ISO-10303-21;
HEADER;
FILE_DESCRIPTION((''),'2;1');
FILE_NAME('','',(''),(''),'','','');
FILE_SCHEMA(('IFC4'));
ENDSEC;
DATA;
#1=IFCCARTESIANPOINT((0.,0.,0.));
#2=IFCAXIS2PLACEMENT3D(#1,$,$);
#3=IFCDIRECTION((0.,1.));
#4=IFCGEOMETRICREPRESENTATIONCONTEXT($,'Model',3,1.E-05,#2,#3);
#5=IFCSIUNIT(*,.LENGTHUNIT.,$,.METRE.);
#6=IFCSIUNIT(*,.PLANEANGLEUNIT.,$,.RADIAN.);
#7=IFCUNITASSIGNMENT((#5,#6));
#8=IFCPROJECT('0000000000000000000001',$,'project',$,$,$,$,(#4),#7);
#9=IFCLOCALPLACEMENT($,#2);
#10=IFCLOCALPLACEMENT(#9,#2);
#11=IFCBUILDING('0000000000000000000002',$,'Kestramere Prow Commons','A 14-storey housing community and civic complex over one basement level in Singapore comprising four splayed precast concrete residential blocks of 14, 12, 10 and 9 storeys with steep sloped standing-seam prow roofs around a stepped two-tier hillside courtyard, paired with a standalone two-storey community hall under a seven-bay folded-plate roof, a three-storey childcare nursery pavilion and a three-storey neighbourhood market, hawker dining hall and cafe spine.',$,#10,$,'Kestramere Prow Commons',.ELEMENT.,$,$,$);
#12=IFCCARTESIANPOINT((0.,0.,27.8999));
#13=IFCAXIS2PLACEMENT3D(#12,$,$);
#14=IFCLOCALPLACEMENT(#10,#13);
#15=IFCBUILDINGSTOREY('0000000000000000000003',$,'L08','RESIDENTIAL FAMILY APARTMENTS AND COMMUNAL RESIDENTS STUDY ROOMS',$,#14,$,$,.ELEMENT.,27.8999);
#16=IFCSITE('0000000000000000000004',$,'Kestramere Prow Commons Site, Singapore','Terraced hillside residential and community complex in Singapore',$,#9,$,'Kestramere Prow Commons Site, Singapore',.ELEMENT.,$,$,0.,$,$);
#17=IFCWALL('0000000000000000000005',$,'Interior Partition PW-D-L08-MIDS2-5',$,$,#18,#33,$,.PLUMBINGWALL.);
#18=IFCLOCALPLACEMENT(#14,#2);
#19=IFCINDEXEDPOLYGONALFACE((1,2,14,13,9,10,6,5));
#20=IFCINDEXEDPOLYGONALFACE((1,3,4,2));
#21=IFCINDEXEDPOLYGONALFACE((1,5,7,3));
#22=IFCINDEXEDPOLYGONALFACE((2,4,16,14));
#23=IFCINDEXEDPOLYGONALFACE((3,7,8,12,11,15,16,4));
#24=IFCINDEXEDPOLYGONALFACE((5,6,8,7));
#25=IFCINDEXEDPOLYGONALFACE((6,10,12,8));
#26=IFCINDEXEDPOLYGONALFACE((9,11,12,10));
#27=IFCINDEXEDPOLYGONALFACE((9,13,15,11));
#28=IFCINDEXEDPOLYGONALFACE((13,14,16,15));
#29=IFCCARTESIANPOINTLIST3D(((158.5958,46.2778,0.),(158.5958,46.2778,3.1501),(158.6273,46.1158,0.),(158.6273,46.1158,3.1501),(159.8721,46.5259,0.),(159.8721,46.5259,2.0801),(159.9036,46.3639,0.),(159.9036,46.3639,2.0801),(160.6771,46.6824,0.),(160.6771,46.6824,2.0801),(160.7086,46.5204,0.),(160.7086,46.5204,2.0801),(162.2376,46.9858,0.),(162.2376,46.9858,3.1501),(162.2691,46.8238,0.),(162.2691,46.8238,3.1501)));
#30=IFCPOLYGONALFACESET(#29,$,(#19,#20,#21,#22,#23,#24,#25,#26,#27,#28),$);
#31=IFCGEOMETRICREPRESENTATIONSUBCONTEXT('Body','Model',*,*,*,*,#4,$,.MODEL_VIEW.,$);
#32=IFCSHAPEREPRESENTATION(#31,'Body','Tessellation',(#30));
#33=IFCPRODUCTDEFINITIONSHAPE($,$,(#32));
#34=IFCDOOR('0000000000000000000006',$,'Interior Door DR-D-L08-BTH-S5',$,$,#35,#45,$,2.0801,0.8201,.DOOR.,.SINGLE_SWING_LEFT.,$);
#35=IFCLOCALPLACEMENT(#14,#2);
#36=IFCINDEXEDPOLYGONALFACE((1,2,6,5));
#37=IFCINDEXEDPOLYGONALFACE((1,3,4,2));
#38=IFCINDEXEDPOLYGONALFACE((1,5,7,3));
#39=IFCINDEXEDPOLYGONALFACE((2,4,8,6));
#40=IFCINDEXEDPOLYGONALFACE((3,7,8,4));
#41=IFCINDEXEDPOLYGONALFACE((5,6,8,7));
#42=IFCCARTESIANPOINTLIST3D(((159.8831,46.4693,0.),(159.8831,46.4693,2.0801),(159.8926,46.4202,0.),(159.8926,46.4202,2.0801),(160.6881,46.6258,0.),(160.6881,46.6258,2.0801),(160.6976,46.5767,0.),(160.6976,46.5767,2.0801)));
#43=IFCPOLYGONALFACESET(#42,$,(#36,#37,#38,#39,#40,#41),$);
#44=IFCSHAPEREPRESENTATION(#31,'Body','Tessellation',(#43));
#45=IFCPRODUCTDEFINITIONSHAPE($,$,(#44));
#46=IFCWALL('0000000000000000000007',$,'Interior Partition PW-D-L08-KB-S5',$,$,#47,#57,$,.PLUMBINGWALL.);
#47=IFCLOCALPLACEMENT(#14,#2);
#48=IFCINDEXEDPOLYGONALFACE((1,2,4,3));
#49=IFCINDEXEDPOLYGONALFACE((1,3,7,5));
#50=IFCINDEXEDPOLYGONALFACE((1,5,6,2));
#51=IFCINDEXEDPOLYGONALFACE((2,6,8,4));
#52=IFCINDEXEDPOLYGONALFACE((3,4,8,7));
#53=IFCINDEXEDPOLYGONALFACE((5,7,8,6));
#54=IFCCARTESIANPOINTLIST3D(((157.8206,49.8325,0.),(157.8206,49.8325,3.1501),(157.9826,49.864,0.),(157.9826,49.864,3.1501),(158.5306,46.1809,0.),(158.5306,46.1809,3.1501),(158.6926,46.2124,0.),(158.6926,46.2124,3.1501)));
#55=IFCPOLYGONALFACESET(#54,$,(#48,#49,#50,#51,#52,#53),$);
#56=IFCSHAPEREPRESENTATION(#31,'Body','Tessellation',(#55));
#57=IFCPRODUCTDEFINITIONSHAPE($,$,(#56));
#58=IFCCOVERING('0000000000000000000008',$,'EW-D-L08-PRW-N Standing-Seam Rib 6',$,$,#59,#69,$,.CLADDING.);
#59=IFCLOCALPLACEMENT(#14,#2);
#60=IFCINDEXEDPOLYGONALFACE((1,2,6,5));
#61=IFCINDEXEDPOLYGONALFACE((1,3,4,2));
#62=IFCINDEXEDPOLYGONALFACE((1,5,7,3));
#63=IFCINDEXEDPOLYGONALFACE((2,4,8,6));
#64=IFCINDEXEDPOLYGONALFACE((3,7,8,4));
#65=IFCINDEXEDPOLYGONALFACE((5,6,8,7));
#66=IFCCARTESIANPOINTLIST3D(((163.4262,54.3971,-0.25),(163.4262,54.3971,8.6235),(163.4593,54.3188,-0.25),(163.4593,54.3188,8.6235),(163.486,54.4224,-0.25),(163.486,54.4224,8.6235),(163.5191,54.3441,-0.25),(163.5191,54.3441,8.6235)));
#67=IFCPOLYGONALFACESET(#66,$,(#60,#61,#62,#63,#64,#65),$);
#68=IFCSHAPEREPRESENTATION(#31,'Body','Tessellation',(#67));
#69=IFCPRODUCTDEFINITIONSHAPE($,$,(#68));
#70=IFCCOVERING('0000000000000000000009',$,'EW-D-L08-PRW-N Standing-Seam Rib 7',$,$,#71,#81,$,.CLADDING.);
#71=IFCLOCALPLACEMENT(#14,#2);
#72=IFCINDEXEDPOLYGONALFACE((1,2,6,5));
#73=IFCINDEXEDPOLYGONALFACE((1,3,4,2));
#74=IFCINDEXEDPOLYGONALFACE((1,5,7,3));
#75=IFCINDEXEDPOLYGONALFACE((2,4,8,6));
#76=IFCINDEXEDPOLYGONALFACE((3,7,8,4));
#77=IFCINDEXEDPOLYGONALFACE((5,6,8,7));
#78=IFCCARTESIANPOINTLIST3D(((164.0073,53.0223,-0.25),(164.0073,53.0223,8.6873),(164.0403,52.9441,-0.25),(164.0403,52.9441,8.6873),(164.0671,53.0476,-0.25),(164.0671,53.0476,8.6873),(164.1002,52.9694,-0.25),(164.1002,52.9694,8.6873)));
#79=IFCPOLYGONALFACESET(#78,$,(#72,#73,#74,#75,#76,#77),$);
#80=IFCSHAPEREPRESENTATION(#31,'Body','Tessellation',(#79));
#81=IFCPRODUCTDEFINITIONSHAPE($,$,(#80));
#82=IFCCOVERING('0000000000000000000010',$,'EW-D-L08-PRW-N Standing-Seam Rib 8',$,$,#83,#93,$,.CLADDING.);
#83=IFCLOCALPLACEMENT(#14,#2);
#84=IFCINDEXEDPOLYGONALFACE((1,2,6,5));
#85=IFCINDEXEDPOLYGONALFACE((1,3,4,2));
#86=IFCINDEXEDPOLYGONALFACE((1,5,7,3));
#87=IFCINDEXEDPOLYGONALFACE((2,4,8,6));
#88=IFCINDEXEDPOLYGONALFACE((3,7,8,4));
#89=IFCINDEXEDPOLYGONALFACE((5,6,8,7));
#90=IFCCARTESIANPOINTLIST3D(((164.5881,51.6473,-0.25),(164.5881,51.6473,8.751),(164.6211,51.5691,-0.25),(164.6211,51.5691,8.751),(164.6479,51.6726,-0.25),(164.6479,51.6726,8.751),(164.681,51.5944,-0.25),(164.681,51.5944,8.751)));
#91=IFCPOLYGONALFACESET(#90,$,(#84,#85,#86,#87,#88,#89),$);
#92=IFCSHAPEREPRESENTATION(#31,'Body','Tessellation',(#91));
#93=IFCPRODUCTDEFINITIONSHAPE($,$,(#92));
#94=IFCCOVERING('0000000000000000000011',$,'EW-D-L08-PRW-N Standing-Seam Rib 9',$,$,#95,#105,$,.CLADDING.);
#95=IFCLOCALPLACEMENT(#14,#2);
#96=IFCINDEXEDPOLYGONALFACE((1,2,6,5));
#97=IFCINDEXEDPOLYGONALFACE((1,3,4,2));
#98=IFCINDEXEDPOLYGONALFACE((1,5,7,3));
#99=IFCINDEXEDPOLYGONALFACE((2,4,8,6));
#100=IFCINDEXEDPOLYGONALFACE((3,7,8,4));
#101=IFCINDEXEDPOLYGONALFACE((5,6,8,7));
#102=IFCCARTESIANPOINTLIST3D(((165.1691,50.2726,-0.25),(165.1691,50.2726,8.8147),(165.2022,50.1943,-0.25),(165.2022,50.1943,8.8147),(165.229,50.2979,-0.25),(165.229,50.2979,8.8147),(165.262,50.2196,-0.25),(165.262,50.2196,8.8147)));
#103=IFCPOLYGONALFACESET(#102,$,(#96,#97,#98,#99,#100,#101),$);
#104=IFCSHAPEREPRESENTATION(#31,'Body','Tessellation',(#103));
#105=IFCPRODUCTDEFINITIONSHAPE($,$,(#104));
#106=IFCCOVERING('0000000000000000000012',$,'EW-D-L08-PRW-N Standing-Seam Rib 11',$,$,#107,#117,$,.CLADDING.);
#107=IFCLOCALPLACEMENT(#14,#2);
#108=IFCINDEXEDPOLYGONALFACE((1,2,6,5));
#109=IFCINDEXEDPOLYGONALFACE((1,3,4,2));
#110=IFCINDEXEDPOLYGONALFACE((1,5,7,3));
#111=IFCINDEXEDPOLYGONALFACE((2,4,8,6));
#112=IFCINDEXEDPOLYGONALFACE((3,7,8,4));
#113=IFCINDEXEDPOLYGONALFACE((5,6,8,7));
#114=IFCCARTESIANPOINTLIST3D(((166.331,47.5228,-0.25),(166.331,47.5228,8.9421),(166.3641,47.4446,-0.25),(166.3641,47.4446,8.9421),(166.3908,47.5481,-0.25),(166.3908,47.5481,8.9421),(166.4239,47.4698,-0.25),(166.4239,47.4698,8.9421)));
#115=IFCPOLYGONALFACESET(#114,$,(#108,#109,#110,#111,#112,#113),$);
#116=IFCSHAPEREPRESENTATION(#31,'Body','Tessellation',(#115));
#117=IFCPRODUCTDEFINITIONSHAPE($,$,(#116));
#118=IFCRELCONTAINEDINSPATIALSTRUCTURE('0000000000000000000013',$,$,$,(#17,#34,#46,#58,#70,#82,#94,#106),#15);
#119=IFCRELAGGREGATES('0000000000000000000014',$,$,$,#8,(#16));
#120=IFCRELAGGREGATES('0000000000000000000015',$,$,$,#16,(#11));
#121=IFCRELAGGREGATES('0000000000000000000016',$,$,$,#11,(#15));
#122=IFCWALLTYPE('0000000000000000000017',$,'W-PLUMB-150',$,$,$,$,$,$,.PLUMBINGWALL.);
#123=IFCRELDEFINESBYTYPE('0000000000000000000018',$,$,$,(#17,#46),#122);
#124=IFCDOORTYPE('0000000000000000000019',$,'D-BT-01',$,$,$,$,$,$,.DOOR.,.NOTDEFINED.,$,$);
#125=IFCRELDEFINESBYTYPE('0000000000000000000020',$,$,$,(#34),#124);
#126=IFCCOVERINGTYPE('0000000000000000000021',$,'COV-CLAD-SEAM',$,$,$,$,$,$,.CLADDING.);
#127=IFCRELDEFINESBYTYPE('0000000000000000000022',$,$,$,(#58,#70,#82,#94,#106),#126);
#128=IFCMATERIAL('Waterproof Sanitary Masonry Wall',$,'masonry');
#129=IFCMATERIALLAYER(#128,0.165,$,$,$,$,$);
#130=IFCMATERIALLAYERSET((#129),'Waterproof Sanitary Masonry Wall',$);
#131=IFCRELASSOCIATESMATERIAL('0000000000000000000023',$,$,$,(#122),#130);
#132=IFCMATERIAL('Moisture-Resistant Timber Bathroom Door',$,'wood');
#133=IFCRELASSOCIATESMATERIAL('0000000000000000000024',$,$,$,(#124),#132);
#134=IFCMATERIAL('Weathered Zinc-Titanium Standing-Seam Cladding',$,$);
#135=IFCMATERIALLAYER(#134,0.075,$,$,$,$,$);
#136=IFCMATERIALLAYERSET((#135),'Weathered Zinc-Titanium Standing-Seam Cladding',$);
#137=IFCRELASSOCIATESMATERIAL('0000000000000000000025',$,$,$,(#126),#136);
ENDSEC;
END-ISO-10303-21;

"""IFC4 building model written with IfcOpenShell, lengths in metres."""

from ifc_helpers import new_model, si_unit, direction, frame, frame_2d, origin, origin_2d, place, context, subcontext, project, spatial, rectangle, extrude, material, layer, layer_set, type_object, element, fill, save


model = new_model("IFC4")

# Units and contexts
model_context = context("Model", 3, precision=1e-05, world=origin(), true_north=direction((0.0, 1.0)))
body_context = subcontext(model_context, "Body", "Model", "MODEL_VIEW")
ifc_project = project(units=[si_unit("LENGTHUNIT", "METRE"), si_unit("PLANEANGLEUNIT", "RADIAN")], contexts=[model_context])

# Site, building, storey
site_placement = place(None, origin())
site = spatial("IfcSite", under=ifc_project, at=site_placement, Name="Kestramere Prow Commons Site, Singapore", Description="Terraced hillside residential and community complex in Singapore", LongName="Kestramere Prow Commons Site, Singapore", CompositionType="ELEMENT", RefElevation=0.0)
building_placement = place(site_placement, origin())
building = spatial("IfcBuilding", under=site, at=building_placement, Name="Kestramere Prow Commons", Description="A 14-storey housing community and civic complex over one basement level in Singapore comprising four splayed precast concrete residential blocks of 14, 12, 10 and 9 storeys with steep sloped standing-seam prow roofs around a stepped two-tier hillside courtyard, paired with a standalone two-storey community hall under a seven-bay folded-plate roof, a three-storey childcare nursery pavilion and a three-storey neighbourhood market, hawker dining hall and cafe spine.", LongName="Kestramere Prow Commons", CompositionType="ELEMENT")
storey_placement = place(building_placement, frame((0.0, 0.0, 27.8999)))
storey = spatial("IfcBuildingStorey", under=building, at=storey_placement, Name="L08", Description="RESIDENTIAL FAMILY APARTMENTS AND COMMUNAL RESIDENTS STUDY ROOMS", CompositionType="ELEMENT", Elevation=27.8999)

# Shared definitions
ifc_material_1 = material(Name="Weathered Zinc-Titanium Standing-Seam Cladding")

# Wall, opening, door
ifc_material_2 = material(Name="Waterproof Sanitary Masonry Wall", Category="masonry")
ifc_layer_1 = layer(ifc_material_2, 0.165)
ifc_layer_set_1 = layer_set([ifc_layer_1], Name="Waterproof Sanitary Masonry Wall")
wall_type_1 = type_object("IfcWallType", Name="W-PLUMB-150", PredefinedType="PLUMBINGWALL", material=ifc_layer_set_1)
wall_1_placement = place(storey_placement, frame((158.6116, 46.1968, 0.0), z_axis=(0.0, 0.0, 1.0), x_axis=(0.981622, 0.190836, 0.0)))
wall_1 = element("IfcWall", 1, at=wall_1_placement, inside=storey, type_object=wall_type_1, Name="Interior Partition PW-D-L08-MIDS2-5", PredefinedType="PLUMBINGWALL", context=body_context, shape_type="SweptSolid", body=[
    extrude(rectangle(XDim=3.71, YDim=0.165, at=frame_2d((1.855, 0.0))), origin(), (0.0, 0.0, 1.0), 3.1501),
])
opening_1_placement = place(wall_1_placement, frame((1.3, 0.0, 0.0)))
opening_1 = element("IfcOpeningElement", 2, at=opening_1_placement, cuts=wall_1, PredefinedType="OPENING", context=body_context, shape_type="SweptSolid", body=[
    extrude(rectangle(XDim=0.8201, YDim=2.0801, at=frame_2d((0.4102, 1.04))), frame((0.0, 0.0974, 0.0), z_axis=(0.0, -1.0, 0.0), x_axis=(1.0, 0.0, 0.0)), (0.0, 0.0, 1.0), 0.1951),
])
ifc_material_3 = material(Name="Moisture-Resistant Timber Bathroom Door", Category="wood")
door_type_1 = type_object("IfcDoorType", Name="D-BT-01", OperationType="NOTDEFINED", PredefinedType="DOOR", material=ifc_material_3)
door_1_placement = place(opening_1_placement, origin())
door_1 = element("IfcDoor", 3, at=door_1_placement, inside=storey, type_object=door_type_1, Name="Interior Door DR-D-L08-BTH-S5", OperationType="SINGLE_SWING_LEFT", OverallHeight=2.0801, OverallWidth=0.8201, PredefinedType="DOOR", context=body_context, shape_type="SweptSolid", body=[
    extrude(rectangle(XDim=0.8201, YDim=2.0801, at=frame_2d((0.4102, 1.04))), frame((0.0, 0.0249, 0.0), z_axis=(0.0, -1.0, 0.0), x_axis=(1.0, 0.0, 0.0)), (0.0, 0.0, 1.0), 0.05),
])
fill(opening_1, door_1)

# Wall
wall_2_placement = place(storey_placement, frame((158.6116, 46.1968, 0.0), z_axis=(0.0, 0.0, 1.0), x_axis=(-0.19085, 0.981619, 0.0)))
element("IfcWall", 4, at=wall_2_placement, inside=storey, type_object=wall_type_1, Name="Interior Partition PW-D-L08-KB-S5", PredefinedType="PLUMBINGWALL", context=body_context, shape_type="SweptSolid", body=[
    extrude(rectangle(XDim=3.72, YDim=0.165, at=frame_2d((1.8599, 0.0))), origin(), (0.0, 0.0, 1.0), 3.1501),
])

# Coverings
ifc_layer_2 = layer(ifc_material_1, 0.075)
ifc_layer_set_2 = layer_set([ifc_layer_2], Name="Weathered Zinc-Titanium Standing-Seam Cladding")
covering_type = type_object("IfcCoveringType", Name="COV-CLAD-SEAM", PredefinedType="CLADDING", material=ifc_layer_set_2)
covering_1_placement = place(storey_placement, frame((163.4727, 54.3706, -0.25), z_axis=(0.0, 0.0, 1.0), x_axis=(0.38922, -0.921145, 0.0)))
element("IfcCovering", 5, at=covering_1_placement, inside=storey, type_object=covering_type, Name="EW-D-L08-PRW-N Standing-Seam Rib 6", PredefinedType="CLADDING", context=body_context, shape_type="SweptSolid", body=[
    extrude(rectangle(XDim=0.085, YDim=0.0649, at=origin_2d()), origin(), (0.0, 0.0, 1.0), 8.8735),
])
covering_2_placement = place(storey_placement, frame((164.0537, 52.9958, -0.25), z_axis=(0.0, 0.0, 1.0), x_axis=(0.38922, -0.921145, 0.0)))
element("IfcCovering", 6, at=covering_2_placement, inside=storey, type_object=covering_type, Name="EW-D-L08-PRW-N Standing-Seam Rib 7", PredefinedType="CLADDING", context=body_context, shape_type="SweptSolid", body=[
    extrude(rectangle(XDim=0.085, YDim=0.0649, at=origin_2d()), origin(), (0.0, 0.0, 1.0), 8.9373),
])
covering_3_placement = place(storey_placement, frame((164.6345, 51.6208, -0.25), z_axis=(0.0, 0.0, 1.0), x_axis=(0.38922, -0.921145, 0.0)))
element("IfcCovering", 7, at=covering_3_placement, inside=storey, type_object=covering_type, Name="EW-D-L08-PRW-N Standing-Seam Rib 8", PredefinedType="CLADDING", context=body_context, shape_type="SweptSolid", body=[
    extrude(rectangle(XDim=0.085, YDim=0.0649, at=origin_2d()), origin(), (0.0, 0.0, 1.0), 9.001),
])
covering_4_placement = place(storey_placement, frame((165.2156, 50.2461, -0.25), z_axis=(0.0, 0.0, 1.0), x_axis=(0.38922, -0.921145, 0.0)))
element("IfcCovering", 8, at=covering_4_placement, inside=storey, type_object=covering_type, Name="EW-D-L08-PRW-N Standing-Seam Rib 9", PredefinedType="CLADDING", context=body_context, shape_type="SweptSolid", body=[
    extrude(rectangle(XDim=0.085, YDim=0.0649, at=origin_2d()), origin(), (0.0, 0.0, 1.0), 9.0647),
])
covering_5_placement = place(storey_placement, frame((166.3774, 47.4963, -0.25), z_axis=(0.0, 0.0, 1.0), x_axis=(0.38922, -0.921145, 0.0)))
element("IfcCovering", 9, at=covering_5_placement, inside=storey, type_object=covering_type, Name="EW-D-L08-PRW-N Standing-Seam Rib 11", PredefinedType="CLADDING", context=body_context, shape_type="SweptSolid", body=[
    extrude(rectangle(XDim=0.085, YDim=0.0649, at=origin_2d()), origin(), (0.0, 0.0, 1.0), 9.1921),
])

save(model, "model.ifc")
